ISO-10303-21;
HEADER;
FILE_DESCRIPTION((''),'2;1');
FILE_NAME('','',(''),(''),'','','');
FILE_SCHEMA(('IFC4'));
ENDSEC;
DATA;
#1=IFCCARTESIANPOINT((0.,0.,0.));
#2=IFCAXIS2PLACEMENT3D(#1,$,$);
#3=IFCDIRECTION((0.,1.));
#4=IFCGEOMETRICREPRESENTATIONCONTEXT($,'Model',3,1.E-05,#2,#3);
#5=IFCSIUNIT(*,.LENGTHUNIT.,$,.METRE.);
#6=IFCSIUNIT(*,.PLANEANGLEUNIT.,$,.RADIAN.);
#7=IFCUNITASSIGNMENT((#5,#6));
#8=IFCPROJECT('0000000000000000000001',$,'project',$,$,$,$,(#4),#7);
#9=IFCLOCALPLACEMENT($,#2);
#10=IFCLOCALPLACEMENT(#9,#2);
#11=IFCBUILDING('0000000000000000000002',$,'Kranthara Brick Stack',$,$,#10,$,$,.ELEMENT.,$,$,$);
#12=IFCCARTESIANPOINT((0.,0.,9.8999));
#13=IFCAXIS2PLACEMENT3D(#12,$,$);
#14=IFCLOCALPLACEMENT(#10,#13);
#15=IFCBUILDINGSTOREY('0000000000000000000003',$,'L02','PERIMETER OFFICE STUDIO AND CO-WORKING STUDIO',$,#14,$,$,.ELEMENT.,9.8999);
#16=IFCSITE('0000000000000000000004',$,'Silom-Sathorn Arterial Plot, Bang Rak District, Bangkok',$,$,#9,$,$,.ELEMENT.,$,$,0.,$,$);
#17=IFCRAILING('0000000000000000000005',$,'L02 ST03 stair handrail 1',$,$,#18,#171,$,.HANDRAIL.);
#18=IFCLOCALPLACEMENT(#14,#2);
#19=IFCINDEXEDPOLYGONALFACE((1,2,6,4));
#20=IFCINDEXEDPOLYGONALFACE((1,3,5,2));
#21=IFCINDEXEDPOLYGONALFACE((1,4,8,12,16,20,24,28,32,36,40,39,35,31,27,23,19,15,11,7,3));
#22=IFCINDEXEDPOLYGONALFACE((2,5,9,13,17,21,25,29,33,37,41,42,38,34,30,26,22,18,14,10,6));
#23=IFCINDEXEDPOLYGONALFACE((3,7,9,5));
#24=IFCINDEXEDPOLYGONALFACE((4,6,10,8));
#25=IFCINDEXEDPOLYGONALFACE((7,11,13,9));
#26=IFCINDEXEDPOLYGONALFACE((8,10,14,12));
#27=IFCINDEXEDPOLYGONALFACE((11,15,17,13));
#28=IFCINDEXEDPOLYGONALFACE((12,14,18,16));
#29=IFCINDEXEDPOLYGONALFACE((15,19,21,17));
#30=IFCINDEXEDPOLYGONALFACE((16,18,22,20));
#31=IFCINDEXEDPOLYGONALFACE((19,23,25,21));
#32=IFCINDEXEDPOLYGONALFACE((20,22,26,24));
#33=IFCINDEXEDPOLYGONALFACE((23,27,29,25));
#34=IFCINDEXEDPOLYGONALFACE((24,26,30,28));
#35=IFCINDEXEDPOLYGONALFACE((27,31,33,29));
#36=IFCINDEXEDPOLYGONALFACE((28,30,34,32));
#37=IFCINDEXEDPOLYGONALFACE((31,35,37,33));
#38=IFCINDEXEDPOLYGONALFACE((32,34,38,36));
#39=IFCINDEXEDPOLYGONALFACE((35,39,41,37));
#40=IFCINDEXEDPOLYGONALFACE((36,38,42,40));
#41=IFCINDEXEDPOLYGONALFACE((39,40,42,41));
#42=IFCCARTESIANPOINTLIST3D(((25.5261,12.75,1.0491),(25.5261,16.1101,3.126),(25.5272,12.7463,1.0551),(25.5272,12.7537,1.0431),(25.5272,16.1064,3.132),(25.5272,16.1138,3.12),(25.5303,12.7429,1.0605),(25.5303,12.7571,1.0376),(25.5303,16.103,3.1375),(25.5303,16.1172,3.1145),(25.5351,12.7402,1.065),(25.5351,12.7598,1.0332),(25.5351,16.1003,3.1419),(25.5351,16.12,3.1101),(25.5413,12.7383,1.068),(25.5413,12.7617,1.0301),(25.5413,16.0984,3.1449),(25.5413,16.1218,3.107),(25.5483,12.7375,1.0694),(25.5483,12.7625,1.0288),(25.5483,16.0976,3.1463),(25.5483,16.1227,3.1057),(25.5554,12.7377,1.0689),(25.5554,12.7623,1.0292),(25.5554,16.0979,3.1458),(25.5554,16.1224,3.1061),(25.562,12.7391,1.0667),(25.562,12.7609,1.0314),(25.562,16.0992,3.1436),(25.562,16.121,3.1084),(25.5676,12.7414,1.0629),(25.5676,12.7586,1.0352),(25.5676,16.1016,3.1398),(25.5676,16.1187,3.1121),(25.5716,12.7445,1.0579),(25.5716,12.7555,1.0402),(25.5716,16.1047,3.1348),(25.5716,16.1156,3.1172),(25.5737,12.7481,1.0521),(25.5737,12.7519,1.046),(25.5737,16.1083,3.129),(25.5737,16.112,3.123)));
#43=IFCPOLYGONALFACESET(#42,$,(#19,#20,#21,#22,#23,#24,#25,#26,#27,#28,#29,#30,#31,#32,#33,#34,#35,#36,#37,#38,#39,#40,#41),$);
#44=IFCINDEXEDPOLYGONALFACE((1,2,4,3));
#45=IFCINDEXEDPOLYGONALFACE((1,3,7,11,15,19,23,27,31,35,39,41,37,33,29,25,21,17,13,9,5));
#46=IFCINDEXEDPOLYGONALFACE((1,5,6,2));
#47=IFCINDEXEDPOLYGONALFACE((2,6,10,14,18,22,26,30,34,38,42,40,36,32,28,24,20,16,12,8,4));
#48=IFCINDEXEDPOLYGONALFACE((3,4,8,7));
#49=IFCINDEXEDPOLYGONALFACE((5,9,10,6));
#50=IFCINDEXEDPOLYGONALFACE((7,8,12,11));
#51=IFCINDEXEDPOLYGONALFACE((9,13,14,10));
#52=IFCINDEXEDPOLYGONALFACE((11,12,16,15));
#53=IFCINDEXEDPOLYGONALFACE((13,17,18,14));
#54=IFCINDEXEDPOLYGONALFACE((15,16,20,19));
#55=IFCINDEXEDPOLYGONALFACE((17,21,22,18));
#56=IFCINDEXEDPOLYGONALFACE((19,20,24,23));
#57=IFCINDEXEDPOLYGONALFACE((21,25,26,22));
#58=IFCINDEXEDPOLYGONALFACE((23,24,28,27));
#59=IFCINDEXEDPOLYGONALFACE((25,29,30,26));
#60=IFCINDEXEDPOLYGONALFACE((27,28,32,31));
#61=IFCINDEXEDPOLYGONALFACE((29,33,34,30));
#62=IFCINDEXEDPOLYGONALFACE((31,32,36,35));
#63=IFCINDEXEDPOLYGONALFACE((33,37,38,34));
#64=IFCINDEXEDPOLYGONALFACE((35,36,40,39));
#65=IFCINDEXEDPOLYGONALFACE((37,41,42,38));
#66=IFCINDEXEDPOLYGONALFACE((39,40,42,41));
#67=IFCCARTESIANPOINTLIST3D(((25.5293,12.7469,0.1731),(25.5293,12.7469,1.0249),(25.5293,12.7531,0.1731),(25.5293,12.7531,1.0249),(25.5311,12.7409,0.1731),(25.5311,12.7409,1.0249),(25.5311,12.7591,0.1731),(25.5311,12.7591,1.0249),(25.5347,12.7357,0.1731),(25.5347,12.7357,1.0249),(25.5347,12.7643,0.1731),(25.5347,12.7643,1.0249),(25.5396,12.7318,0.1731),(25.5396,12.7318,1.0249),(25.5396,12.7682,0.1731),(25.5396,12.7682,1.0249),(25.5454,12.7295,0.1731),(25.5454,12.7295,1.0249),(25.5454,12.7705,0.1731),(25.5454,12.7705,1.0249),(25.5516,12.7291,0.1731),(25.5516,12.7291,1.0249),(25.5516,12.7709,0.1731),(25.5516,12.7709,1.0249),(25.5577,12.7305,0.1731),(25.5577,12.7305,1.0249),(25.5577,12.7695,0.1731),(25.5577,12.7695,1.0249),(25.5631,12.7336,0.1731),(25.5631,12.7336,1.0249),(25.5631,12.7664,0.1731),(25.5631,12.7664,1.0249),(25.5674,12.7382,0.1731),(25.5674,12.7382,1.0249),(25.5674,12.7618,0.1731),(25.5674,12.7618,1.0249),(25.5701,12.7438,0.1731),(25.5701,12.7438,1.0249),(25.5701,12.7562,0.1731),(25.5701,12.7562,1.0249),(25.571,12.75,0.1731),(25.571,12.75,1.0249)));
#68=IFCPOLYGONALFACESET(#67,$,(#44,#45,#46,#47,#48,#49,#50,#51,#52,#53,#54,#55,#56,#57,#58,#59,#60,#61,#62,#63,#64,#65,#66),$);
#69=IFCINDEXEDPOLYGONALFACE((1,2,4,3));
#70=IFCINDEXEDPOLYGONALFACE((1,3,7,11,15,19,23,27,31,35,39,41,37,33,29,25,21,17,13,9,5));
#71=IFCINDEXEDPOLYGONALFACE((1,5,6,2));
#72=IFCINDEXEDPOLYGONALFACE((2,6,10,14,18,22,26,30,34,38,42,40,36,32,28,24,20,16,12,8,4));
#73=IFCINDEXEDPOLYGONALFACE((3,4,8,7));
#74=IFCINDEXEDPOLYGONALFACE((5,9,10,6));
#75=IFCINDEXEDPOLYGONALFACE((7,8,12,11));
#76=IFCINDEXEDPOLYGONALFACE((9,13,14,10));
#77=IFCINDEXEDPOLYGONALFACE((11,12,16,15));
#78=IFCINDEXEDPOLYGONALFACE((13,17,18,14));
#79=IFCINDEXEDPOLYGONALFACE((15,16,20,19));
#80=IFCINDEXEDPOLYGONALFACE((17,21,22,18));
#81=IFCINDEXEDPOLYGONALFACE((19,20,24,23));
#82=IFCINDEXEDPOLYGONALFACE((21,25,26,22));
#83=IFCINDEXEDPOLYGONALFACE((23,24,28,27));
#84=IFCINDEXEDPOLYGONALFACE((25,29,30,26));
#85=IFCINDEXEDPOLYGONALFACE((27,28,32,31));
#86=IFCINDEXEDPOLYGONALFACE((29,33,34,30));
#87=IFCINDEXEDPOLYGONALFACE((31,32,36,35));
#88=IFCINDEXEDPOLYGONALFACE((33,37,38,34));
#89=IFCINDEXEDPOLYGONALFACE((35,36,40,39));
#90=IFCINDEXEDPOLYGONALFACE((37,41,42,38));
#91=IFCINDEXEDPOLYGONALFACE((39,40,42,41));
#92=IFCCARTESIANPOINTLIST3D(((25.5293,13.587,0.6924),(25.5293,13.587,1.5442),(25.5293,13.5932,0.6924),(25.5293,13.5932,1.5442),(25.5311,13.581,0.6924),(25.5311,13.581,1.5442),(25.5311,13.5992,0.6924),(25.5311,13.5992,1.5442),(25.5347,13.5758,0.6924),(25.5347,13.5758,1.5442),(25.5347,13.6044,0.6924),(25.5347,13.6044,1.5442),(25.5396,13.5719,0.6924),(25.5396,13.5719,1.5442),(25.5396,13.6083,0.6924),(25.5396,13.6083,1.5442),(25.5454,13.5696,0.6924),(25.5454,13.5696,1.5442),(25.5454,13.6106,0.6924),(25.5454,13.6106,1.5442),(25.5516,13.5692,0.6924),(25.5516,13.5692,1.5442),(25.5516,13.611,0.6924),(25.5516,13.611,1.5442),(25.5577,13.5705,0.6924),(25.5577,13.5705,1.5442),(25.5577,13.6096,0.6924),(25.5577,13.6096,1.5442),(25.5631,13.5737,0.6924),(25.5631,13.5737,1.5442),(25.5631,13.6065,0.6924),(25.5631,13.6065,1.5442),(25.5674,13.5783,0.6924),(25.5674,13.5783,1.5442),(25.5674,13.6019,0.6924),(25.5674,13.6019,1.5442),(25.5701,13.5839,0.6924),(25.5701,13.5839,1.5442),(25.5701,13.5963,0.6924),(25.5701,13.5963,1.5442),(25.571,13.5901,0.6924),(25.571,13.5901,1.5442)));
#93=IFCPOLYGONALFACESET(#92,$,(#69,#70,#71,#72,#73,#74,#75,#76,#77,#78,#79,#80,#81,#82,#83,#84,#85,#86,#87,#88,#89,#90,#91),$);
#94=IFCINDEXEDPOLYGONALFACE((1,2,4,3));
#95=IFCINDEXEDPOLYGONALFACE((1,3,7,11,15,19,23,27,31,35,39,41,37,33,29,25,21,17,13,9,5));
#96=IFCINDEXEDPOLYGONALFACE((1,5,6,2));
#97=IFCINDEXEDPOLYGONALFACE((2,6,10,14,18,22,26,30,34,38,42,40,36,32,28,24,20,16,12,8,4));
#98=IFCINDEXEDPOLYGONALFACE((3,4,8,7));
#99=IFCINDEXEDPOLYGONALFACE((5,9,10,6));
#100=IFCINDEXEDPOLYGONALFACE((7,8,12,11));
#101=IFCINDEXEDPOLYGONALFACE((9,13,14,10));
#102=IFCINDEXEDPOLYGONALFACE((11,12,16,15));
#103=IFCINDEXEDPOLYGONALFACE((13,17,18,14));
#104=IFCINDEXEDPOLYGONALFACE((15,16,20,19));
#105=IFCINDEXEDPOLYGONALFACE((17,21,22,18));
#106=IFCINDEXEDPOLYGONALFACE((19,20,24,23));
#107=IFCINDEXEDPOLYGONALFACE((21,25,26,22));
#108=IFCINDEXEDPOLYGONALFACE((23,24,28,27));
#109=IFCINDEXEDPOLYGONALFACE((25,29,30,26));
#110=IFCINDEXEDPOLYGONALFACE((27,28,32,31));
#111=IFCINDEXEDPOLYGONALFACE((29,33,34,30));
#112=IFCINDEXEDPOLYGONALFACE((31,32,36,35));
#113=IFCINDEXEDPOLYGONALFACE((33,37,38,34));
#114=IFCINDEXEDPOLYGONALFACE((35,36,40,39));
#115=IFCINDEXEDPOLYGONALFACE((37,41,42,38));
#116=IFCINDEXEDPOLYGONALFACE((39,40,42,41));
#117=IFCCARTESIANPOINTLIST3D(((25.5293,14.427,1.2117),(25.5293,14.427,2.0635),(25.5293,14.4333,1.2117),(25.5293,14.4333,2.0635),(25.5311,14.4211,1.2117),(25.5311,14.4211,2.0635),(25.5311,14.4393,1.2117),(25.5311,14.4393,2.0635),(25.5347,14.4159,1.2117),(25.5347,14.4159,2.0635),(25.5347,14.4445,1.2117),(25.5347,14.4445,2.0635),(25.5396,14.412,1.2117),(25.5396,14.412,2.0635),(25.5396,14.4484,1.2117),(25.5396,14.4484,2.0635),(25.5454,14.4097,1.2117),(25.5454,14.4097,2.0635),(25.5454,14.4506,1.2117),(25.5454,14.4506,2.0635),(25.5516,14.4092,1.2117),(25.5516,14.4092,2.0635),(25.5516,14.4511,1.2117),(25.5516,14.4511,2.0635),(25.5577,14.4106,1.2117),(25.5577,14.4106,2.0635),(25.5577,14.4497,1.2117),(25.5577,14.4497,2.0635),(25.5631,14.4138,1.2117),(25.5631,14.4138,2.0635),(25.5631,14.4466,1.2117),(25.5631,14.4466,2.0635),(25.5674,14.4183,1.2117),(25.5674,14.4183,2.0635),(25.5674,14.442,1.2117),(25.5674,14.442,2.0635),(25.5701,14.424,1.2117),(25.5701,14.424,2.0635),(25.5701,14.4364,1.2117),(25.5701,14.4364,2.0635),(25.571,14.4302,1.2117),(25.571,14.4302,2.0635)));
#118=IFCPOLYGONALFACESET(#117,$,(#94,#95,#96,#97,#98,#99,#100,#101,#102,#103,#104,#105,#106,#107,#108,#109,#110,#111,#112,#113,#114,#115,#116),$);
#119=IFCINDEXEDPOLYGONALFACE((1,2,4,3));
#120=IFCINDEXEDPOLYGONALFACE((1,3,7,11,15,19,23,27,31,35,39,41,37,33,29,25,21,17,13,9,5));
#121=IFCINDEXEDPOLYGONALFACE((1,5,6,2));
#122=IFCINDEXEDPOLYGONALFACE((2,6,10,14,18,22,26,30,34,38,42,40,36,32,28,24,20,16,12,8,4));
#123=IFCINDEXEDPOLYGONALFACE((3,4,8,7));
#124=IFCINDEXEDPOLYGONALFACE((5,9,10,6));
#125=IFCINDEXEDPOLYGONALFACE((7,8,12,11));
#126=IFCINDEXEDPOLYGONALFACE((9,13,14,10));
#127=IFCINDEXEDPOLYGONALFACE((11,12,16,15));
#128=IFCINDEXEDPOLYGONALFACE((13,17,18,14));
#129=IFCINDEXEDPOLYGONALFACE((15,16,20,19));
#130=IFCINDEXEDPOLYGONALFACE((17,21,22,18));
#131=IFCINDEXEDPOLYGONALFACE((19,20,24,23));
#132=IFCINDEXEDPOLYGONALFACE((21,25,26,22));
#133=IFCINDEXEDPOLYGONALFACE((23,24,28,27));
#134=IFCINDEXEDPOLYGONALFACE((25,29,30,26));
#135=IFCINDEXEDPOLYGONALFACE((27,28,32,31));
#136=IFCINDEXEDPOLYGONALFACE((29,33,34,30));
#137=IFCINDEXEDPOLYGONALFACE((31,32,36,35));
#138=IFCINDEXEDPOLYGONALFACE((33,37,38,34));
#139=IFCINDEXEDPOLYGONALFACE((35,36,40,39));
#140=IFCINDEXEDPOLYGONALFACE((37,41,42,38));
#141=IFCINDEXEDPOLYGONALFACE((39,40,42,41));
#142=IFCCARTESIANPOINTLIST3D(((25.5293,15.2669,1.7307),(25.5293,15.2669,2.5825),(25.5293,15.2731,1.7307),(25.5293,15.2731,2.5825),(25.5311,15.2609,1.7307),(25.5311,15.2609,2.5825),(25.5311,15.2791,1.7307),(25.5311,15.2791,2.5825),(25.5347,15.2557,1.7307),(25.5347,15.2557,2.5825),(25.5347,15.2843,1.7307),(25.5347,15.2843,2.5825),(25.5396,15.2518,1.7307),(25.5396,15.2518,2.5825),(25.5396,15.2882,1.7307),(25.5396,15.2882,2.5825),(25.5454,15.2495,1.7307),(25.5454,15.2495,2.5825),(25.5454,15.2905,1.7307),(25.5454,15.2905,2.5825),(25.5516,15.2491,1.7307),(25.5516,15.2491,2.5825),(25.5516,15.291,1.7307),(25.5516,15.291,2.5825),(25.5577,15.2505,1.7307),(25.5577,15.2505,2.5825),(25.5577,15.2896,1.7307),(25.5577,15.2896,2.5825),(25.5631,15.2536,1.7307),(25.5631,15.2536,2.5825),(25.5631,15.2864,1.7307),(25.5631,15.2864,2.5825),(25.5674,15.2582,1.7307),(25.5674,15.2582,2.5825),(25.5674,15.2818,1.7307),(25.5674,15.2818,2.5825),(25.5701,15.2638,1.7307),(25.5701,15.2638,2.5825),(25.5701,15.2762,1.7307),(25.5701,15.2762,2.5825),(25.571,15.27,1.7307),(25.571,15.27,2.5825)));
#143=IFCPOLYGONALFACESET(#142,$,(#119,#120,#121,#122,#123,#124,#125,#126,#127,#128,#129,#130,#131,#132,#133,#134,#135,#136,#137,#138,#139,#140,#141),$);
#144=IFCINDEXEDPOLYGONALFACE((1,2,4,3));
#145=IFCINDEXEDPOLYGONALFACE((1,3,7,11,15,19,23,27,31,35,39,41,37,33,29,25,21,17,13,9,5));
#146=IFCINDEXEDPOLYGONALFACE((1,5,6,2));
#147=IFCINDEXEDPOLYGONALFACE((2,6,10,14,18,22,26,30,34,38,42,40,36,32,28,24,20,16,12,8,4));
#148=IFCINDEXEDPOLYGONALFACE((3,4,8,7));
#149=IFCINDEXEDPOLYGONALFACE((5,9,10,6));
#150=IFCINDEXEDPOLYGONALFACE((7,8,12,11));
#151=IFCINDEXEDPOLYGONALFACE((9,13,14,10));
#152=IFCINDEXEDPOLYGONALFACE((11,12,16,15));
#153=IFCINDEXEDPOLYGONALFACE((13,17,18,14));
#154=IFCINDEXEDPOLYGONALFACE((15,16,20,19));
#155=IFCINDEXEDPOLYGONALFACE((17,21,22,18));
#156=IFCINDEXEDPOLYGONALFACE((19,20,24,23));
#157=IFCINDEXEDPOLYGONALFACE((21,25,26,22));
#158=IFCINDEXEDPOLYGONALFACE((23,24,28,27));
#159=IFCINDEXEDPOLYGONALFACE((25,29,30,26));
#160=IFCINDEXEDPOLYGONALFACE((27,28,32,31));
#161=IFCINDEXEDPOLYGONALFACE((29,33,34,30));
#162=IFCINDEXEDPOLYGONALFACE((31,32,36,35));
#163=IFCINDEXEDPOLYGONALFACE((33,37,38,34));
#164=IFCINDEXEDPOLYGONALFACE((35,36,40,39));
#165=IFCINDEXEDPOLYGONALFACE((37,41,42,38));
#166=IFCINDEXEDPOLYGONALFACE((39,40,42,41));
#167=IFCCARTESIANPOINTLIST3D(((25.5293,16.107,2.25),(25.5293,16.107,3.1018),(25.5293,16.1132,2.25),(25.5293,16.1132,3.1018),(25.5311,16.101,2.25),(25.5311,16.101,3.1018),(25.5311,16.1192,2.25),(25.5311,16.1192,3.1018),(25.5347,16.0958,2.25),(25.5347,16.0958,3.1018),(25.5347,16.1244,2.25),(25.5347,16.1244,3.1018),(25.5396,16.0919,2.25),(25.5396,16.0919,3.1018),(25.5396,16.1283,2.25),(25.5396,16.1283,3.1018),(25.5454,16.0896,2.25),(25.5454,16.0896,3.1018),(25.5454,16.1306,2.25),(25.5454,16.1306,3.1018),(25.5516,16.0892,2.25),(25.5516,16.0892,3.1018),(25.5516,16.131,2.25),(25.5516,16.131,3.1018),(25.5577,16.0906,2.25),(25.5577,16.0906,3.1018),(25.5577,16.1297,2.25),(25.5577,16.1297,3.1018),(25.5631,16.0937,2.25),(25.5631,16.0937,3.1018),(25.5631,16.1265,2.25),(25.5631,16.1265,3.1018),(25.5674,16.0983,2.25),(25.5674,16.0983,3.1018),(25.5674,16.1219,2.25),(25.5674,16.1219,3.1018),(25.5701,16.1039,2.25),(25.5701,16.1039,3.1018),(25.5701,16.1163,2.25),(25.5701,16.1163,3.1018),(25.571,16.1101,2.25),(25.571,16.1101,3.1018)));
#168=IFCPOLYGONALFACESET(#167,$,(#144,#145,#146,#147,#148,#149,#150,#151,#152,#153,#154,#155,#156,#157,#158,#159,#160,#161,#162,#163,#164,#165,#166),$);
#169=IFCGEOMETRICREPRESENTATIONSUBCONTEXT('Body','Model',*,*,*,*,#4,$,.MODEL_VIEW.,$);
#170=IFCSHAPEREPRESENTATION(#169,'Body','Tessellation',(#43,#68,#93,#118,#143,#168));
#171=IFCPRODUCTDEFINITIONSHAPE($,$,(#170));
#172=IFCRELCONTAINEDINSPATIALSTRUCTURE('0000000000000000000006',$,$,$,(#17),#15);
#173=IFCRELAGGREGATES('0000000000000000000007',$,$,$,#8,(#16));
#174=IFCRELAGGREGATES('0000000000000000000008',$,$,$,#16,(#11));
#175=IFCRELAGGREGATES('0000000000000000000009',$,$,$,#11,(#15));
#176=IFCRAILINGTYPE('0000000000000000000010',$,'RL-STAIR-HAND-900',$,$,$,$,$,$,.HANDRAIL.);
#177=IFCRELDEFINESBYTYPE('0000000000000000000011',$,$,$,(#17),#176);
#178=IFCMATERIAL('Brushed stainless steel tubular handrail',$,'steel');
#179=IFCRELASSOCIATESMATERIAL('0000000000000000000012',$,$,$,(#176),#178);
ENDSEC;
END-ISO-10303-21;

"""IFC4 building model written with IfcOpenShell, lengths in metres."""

from ifc_helpers import new_model, si_unit, direction, frame, origin, origin_2d, place, context, subcontext, project, spatial, circle, extrude, material, type_object, element, save


model = new_model("IFC4")

# Units and contexts
model_context = context("Model", 3, precision=1e-05, world=origin(), true_north=direction((0.0, 1.0)))
body_context = subcontext(model_context, "Body", "Model", "MODEL_VIEW")
ifc_project = project(units=[si_unit("LENGTHUNIT", "METRE"), si_unit("PLANEANGLEUNIT", "RADIAN")], contexts=[model_context])

# Site, building, storey
site_placement = place(None, origin())
site = spatial("IfcSite", under=ifc_project, at=site_placement, Name="Silom-Sathorn Arterial Plot, Bang Rak District, Bangkok", CompositionType="ELEMENT", RefElevation=0.0)
building_placement = place(site_placement, origin())
building = spatial("IfcBuilding", under=site, at=building_placement, Name="Kranthara Brick Stack", CompositionType="ELEMENT")
storey_placement = place(building_placement, frame((0.0, 0.0, 9.8999)))
storey = spatial("IfcBuildingStorey", under=building, at=storey_placement, Name="L02", Description="PERIMETER OFFICE STUDIO AND CO-WORKING STUDIO", CompositionType="ELEMENT", Elevation=9.8999)

# Railing
ifc_material_1 = material(Name="Brushed stainless steel tubular handrail", Category="steel")
railing_type_1 = type_object("IfcRailingType", Name="RL-STAIR-HAND-900", PredefinedType="HANDRAIL", material=ifc_material_1)
railing_1_placement = place(storey_placement, frame((25.55, 12.75, 0.1731)))
element("IfcRailing", 1, at=railing_1_placement, inside=storey, type_object=railing_type_1, Name="L02 ST03 stair handrail 1", PredefinedType="HANDRAIL", context=body_context, shape_type="SweptSolid", body=[
    extrude(circle(Radius=0.0239, at=origin_2d()), frame((0.0, 0.0, 0.876), z_axis=(0.0, 0.850623, 0.525776), x_axis=(-1.0, 0.0, 0.0)), (0.0, 0.0, 1.0), 3.9502),
    extrude(circle(Radius=0.021, at=origin_2d()), origin(), (0.0, 0.0, 1.0), 0.8518),
    extrude(circle(Radius=0.021, at=origin_2d()), frame((0.0, 0.8401, 0.5193)), (0.0, 0.0, 1.0), 0.8518),
    extrude(circle(Radius=0.021, at=origin_2d()), frame((0.0, 1.6802, 1.0386)), (0.0, 0.0, 1.0), 0.8518),
    extrude(circle(Radius=0.021, at=origin_2d()), frame((0.0, 2.52, 1.5576)), (0.0, 0.0, 1.0), 0.8518),
    extrude(circle(Radius=0.021, at=origin_2d()), frame((0.0, 3.3601, 2.0769)), (0.0, 0.0, 1.0), 0.8518),
])

save(model, "model.ifc")
